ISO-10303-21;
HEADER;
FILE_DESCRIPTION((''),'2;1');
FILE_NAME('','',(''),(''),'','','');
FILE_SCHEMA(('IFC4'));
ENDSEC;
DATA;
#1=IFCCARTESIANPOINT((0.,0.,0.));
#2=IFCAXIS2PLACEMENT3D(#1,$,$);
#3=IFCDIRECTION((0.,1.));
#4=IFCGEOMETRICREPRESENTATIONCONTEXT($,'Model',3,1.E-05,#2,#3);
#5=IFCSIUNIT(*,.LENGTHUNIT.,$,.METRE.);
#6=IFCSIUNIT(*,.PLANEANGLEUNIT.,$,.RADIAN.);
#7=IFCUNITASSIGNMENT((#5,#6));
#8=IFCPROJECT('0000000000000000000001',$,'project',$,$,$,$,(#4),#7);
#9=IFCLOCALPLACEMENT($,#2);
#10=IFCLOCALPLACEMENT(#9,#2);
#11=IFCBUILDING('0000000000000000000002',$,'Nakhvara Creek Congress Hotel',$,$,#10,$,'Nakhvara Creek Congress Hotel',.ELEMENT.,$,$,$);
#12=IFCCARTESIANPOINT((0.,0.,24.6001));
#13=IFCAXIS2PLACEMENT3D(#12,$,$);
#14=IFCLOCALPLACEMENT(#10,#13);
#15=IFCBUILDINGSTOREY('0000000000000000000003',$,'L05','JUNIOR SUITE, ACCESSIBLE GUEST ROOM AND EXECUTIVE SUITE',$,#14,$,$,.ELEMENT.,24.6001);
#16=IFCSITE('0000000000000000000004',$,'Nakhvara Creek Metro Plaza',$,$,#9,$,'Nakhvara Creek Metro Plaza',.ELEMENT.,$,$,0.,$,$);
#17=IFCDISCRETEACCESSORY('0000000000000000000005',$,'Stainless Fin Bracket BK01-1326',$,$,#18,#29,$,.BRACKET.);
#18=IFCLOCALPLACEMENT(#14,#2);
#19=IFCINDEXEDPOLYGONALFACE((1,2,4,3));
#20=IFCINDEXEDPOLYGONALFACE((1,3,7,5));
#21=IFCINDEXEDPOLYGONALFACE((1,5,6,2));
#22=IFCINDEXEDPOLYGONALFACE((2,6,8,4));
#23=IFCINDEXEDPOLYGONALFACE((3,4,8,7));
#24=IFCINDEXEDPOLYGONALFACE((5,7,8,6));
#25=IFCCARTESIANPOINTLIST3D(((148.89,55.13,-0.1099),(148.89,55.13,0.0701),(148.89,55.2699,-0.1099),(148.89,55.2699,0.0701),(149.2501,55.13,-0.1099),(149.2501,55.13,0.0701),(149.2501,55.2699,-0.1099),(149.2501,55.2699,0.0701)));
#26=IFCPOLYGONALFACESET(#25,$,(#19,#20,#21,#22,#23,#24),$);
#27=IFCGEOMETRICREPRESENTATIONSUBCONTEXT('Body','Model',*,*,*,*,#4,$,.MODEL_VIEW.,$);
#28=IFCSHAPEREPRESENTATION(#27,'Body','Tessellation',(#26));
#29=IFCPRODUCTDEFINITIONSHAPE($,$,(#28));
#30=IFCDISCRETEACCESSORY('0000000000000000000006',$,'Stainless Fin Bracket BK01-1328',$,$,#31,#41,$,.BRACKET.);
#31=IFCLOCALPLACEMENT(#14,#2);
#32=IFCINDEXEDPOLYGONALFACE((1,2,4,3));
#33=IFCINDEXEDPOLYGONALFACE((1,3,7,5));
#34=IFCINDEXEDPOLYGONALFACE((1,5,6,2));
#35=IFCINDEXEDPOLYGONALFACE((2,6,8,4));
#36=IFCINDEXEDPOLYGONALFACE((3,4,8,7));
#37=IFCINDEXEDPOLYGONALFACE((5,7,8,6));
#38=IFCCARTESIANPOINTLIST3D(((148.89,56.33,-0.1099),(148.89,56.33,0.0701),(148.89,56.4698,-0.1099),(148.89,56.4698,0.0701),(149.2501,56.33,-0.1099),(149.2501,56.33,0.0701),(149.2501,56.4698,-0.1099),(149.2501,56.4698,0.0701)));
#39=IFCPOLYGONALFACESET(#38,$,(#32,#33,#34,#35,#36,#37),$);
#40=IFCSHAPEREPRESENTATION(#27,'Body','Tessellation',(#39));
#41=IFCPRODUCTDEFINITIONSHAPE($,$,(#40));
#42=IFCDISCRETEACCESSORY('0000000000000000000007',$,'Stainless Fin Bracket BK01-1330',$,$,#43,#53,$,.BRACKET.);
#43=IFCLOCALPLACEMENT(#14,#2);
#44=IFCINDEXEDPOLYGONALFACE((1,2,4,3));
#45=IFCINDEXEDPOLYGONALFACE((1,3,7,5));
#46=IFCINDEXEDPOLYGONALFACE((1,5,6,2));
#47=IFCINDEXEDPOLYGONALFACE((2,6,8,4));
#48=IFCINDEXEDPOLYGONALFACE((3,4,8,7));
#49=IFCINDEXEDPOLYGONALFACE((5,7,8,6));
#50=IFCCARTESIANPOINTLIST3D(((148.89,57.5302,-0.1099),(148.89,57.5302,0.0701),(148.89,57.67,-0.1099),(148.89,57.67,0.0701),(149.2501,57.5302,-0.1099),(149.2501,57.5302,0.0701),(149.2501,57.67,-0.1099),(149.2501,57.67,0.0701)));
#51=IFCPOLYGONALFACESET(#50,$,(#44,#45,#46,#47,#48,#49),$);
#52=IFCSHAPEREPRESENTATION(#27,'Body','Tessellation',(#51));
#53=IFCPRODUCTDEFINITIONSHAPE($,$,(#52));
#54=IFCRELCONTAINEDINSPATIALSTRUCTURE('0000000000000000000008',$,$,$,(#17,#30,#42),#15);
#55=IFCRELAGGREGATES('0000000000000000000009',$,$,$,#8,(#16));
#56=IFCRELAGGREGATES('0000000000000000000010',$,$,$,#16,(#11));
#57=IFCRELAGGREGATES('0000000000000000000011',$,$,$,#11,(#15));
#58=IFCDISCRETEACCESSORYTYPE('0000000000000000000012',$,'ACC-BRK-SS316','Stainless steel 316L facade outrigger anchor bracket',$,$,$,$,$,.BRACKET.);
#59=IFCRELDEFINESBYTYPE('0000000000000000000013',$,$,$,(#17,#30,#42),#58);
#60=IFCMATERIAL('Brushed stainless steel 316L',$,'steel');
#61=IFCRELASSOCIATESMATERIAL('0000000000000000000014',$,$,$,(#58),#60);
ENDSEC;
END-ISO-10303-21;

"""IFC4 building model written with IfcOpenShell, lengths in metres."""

from ifc_helpers import new_model, si_unit, direction, frame, origin, origin_2d, place, context, subcontext, project, spatial, rectangle, extrude, material, type_object, element, save


model = new_model("IFC4")

# Units and contexts
model_context = context("Model", 3, precision=1e-05, world=origin(), true_north=direction((0.0, 1.0)))
body_context = subcontext(model_context, "Body", "Model", "MODEL_VIEW")
ifc_project = project(units=[si_unit("LENGTHUNIT", "METRE"), si_unit("PLANEANGLEUNIT", "RADIAN")], contexts=[model_context])

# Site, building, storey
site_placement = place(None, origin())
site = spatial("IfcSite", under=ifc_project, at=site_placement, Name="Nakhvara Creek Metro Plaza", LongName="Nakhvara Creek Metro Plaza", CompositionType="ELEMENT", RefElevation=0.0)
building_placement = place(site_placement, origin())
building = spatial("IfcBuilding", under=site, at=building_placement, Name="Nakhvara Creek Congress Hotel", LongName="Nakhvara Creek Congress Hotel", CompositionType="ELEMENT")
storey_placement = place(building_placement, frame((0.0, 0.0, 24.6001)))
storey = spatial("IfcBuildingStorey", under=building, at=storey_placement, Name="L05", Description="JUNIOR SUITE, ACCESSIBLE GUEST ROOM AND EXECUTIVE SUITE", CompositionType="ELEMENT", Elevation=24.6001)

# Discrete accessories
ifc_material = material(Name="Brushed stainless steel 316L", Category="steel")
discrete_accessory_type = type_object("IfcDiscreteAccessoryType", Name="ACC-BRK-SS316", Description="Stainless steel 316L facade outrigger anchor bracket", PredefinedType="BRACKET", material=ifc_material)
for number, where, z_axis, x_axis, name in (
    (1, (149.0701, 55.2, -0.1099), (0.0, 0.0, 1.0), (0.0, 1.0, 0.0), "Stainless Fin Bracket BK01-1326"),
    (2, (149.0701, 56.3999, -0.1099), (0.0, 0.0, 1.0), (0.0, 1.0, 0.0), "Stainless Fin Bracket BK01-1328"),
    (3, (149.0701, 57.6001, -0.1099), (0.0, 0.0, 1.0), (0.0, 1.0, 0.0), "Stainless Fin Bracket BK01-1330"),
):
    element("IfcDiscreteAccessory", number, at=place(storey_placement, frame(where, z_axis=z_axis, x_axis=x_axis)), inside=storey, type_object=discrete_accessory_type, Name=name, PredefinedType="BRACKET", context=body_context, shape_type="SweptSolid", body=[
        extrude(rectangle(XDim=0.1399, YDim=0.3601, at=origin_2d()), origin(), (0.0, 0.0, 1.0), 0.1799),
    ])

save(model, "model.ifc")
